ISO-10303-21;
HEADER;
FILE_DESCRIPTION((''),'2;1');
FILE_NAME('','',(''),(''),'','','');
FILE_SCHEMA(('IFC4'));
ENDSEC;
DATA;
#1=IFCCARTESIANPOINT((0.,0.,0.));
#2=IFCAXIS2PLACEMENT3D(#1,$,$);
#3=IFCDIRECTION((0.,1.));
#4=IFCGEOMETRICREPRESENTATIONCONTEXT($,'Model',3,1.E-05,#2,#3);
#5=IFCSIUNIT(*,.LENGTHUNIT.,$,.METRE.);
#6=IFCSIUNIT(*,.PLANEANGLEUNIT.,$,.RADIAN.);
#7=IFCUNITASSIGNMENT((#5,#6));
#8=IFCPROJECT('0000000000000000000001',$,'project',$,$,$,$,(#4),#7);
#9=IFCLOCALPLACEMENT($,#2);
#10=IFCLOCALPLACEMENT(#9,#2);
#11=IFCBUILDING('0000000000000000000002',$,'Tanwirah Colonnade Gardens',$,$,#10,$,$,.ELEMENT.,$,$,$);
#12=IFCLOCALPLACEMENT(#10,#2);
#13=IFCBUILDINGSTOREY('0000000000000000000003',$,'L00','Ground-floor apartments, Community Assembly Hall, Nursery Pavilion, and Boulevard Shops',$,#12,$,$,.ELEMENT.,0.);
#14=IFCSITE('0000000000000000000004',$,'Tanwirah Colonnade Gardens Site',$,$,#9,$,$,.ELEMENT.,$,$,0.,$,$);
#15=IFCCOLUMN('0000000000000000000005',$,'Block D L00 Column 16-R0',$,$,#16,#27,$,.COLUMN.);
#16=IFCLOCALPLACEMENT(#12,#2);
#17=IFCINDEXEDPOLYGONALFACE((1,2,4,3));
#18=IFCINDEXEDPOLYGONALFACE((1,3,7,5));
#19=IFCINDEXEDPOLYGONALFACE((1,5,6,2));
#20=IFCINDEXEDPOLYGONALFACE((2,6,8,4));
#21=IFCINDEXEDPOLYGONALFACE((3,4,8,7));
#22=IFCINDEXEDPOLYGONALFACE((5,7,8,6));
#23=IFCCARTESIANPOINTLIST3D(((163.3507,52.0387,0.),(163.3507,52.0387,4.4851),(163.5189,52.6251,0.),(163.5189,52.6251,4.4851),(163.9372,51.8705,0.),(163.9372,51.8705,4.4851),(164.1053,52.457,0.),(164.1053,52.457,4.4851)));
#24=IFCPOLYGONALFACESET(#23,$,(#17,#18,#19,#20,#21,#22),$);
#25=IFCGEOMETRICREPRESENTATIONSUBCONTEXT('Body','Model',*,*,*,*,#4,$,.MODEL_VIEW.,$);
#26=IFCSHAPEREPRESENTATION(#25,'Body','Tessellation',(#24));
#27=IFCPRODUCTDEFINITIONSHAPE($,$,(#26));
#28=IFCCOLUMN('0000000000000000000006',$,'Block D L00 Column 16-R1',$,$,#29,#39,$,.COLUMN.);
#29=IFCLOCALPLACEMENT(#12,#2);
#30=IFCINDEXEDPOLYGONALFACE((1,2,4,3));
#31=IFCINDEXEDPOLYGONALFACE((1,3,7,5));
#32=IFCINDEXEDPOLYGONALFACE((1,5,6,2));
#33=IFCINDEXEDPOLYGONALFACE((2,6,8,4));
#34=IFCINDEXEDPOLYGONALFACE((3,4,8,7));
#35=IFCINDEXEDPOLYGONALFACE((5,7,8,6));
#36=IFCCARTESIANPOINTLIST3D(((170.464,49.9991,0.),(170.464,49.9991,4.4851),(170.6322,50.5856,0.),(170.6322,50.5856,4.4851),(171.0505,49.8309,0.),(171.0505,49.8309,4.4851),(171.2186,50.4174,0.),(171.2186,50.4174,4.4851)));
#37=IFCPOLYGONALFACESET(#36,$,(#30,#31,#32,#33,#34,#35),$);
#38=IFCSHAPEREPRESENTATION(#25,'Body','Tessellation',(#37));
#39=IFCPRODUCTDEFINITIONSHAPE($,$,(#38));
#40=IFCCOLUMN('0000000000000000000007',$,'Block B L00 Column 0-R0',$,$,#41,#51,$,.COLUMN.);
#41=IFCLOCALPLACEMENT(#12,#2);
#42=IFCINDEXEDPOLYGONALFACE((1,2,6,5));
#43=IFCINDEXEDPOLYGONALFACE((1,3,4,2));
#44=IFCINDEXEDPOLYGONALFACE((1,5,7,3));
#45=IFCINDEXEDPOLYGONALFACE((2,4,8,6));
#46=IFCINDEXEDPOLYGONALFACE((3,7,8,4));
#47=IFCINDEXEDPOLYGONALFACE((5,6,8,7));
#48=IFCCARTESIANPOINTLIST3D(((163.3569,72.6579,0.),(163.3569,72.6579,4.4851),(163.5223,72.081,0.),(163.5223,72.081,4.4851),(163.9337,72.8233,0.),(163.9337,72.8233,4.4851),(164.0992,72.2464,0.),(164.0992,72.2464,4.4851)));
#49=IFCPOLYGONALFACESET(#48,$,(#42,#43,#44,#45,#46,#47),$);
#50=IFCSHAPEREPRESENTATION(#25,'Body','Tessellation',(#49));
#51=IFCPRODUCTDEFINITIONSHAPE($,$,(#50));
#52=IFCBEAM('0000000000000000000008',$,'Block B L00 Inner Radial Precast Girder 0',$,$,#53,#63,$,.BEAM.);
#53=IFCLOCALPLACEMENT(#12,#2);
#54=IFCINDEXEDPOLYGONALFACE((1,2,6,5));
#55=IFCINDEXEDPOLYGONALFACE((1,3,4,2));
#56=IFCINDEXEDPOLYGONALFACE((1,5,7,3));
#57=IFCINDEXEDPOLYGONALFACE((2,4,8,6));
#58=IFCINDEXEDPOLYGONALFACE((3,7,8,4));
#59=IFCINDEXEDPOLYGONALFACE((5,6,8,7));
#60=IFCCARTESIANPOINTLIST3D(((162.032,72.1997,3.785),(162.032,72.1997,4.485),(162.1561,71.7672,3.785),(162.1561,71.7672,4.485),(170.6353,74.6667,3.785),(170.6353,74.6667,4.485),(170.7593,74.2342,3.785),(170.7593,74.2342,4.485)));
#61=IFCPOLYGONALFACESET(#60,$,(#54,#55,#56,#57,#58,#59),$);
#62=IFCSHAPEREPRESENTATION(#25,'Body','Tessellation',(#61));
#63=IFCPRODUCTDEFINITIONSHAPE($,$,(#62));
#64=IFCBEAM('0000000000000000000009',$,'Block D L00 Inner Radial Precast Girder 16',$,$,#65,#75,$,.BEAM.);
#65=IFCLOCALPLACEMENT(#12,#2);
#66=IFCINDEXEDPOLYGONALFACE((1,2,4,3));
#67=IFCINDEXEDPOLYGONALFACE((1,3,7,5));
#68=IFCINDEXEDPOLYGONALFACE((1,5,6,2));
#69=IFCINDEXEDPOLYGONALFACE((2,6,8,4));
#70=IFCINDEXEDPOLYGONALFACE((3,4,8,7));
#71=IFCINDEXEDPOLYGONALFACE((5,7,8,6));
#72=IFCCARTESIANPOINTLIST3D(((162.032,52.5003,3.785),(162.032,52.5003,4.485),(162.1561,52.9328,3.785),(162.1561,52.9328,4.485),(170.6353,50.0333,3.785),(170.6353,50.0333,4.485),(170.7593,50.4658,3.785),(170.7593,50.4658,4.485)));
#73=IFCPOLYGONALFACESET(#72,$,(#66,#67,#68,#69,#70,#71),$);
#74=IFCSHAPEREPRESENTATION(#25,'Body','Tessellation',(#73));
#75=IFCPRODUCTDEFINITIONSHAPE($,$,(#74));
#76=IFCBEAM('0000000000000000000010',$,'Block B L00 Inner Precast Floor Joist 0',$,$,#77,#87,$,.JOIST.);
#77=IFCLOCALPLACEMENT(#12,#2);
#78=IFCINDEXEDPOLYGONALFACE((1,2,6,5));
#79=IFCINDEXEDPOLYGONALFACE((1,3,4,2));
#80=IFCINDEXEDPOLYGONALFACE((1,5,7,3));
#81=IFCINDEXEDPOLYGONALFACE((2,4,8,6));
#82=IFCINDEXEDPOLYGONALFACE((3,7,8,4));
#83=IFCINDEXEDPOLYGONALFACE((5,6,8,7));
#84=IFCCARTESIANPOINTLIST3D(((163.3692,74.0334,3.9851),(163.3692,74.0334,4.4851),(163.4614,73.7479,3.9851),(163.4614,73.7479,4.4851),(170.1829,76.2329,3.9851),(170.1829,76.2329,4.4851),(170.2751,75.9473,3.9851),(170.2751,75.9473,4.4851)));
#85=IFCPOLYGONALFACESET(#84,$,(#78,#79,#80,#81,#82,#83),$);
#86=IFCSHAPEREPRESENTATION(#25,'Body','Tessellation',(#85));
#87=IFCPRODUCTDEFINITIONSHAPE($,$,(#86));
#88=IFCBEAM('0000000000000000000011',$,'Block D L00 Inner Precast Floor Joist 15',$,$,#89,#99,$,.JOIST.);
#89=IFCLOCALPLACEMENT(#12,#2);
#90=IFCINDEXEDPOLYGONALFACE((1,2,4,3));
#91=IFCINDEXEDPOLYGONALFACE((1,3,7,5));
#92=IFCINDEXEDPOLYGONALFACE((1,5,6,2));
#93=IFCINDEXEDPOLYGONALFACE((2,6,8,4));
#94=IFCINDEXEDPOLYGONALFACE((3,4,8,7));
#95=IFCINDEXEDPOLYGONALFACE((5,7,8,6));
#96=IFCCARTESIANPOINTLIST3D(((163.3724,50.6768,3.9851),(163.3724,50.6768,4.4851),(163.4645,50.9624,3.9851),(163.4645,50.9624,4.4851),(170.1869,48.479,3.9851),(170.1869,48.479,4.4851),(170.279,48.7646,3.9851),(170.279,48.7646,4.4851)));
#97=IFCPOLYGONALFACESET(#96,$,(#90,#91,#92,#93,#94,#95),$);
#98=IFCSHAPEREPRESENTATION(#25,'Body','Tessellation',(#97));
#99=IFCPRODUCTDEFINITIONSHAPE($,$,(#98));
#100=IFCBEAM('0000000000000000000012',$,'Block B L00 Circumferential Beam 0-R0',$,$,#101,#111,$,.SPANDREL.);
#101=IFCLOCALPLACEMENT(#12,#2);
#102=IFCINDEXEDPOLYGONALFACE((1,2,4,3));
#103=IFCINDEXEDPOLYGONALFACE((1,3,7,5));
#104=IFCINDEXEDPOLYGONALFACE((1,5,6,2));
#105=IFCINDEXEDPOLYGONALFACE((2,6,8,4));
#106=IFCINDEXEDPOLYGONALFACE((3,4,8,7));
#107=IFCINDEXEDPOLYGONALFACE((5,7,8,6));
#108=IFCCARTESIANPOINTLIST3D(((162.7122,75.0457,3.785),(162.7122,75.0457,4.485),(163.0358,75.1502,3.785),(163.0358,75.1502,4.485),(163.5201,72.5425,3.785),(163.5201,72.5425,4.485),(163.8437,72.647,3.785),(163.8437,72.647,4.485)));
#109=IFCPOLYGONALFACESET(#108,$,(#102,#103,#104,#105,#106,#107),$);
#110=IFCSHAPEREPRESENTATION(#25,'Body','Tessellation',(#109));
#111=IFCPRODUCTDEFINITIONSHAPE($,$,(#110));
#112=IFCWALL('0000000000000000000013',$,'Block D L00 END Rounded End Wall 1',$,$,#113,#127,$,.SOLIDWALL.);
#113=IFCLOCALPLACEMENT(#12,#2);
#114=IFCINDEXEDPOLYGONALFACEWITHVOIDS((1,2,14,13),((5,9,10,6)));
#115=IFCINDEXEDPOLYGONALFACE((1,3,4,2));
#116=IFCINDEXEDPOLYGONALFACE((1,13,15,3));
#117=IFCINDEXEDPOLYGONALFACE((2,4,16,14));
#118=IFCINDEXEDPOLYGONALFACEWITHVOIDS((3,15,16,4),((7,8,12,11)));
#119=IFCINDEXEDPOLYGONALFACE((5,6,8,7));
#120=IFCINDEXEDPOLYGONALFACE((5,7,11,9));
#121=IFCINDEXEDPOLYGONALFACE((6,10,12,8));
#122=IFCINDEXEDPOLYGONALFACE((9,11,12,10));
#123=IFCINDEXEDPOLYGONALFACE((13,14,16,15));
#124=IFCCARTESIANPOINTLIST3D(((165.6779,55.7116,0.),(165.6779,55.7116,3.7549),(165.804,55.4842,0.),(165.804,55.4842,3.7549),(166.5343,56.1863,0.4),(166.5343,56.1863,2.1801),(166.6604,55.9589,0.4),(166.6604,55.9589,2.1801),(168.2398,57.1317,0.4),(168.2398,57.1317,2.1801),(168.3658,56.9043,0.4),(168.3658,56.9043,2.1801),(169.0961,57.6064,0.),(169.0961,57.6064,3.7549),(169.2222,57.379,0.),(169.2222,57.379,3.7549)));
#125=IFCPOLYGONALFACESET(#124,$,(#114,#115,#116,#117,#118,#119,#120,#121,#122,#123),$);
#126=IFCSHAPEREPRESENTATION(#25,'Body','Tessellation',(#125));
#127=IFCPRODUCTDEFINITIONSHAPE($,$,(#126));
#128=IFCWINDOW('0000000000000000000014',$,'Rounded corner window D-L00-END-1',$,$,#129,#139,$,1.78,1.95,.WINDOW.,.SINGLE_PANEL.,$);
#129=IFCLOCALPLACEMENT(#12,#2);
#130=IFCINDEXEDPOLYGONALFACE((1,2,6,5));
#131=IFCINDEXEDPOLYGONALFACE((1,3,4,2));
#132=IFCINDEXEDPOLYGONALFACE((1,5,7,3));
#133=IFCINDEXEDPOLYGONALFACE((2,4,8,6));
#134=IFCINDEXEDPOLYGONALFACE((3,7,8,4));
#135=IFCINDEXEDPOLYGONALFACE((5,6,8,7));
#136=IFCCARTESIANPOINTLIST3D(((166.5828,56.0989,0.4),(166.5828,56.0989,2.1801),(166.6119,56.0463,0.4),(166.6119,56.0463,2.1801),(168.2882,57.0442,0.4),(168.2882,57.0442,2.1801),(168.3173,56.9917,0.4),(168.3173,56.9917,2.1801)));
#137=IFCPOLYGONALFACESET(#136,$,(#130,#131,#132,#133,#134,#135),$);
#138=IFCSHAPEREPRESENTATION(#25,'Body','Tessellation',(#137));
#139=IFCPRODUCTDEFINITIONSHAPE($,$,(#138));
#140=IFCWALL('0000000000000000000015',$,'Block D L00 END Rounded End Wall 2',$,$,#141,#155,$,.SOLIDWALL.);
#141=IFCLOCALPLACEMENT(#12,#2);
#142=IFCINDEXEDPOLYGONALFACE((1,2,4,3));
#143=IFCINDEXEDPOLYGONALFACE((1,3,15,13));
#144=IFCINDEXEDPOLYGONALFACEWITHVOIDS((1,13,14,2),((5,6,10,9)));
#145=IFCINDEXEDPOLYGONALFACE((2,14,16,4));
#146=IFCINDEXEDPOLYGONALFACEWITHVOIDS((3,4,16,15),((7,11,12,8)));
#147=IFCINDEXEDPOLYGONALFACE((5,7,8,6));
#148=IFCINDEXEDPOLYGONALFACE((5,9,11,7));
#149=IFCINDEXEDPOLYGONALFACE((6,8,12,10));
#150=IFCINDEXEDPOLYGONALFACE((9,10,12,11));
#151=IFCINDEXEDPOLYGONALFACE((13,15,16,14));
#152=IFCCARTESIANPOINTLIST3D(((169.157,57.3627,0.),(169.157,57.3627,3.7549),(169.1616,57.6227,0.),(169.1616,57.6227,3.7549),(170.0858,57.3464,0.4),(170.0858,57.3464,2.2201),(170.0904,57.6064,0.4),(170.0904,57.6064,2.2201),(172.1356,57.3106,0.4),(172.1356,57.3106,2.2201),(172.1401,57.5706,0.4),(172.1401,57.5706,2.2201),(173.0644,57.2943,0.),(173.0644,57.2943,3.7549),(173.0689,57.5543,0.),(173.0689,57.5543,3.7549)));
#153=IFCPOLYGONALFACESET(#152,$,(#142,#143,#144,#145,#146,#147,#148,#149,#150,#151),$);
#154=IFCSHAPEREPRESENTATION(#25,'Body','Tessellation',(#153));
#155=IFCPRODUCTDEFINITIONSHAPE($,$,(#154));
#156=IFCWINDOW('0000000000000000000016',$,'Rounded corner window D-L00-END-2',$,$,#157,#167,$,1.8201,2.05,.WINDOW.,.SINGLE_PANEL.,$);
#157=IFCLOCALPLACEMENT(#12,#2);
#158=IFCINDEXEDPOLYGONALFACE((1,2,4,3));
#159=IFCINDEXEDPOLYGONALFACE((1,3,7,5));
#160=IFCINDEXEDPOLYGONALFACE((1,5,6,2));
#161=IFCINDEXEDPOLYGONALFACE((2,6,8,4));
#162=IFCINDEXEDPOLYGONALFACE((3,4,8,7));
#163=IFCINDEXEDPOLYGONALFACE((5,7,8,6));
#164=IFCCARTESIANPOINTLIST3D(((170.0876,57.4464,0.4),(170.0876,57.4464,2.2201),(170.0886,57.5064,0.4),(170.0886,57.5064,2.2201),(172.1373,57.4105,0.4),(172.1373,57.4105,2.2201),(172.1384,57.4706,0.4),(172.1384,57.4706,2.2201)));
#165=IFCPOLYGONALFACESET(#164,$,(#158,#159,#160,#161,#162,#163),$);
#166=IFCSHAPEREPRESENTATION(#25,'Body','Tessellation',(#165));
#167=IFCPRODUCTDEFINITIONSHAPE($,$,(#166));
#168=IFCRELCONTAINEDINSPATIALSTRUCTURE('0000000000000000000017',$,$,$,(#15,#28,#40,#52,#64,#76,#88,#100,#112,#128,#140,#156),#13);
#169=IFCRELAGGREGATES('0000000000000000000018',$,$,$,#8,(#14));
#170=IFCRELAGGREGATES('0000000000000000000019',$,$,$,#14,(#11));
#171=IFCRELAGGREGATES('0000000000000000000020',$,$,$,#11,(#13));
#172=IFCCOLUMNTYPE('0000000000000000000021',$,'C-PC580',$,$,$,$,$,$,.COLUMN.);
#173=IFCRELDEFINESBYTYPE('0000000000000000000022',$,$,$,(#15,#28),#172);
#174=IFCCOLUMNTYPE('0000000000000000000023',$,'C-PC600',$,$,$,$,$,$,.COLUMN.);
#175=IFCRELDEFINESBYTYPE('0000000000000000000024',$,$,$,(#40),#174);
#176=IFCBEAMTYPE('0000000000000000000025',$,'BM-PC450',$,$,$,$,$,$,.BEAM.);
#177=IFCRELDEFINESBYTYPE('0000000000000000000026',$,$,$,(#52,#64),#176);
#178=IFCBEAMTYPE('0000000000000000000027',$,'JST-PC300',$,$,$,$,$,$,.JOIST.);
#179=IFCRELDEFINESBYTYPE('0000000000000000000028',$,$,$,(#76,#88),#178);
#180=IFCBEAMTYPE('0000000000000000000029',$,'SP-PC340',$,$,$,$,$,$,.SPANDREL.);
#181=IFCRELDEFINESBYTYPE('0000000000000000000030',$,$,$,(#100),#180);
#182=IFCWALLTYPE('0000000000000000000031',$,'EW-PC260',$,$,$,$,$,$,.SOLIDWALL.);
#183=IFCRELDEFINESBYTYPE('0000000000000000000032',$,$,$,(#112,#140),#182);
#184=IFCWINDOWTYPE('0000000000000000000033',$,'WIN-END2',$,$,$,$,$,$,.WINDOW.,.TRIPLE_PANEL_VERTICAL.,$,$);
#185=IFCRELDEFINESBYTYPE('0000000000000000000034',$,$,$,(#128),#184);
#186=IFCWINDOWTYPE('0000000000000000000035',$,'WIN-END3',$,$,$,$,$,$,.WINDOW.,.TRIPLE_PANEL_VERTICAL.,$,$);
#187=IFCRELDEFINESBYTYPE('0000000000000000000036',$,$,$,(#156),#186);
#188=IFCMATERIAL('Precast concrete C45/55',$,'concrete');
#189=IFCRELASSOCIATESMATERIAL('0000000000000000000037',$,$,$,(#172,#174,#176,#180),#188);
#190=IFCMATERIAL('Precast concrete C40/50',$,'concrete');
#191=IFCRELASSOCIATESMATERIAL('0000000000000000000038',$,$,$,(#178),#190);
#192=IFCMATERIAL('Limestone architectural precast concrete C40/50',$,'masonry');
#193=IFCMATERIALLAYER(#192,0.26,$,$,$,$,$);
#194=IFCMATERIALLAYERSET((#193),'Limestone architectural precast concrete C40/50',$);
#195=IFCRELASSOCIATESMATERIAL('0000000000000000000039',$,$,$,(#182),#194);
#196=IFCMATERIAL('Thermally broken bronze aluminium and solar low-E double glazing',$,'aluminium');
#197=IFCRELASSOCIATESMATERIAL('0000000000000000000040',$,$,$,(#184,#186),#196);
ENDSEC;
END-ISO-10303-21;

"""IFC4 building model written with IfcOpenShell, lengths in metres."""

from ifc_helpers import new_model, si_unit, direction, frame, frame_2d, origin, origin_2d, place, context, subcontext, project, spatial, rectangle, extrude, material, layer, layer_set, material_profile, profile_set, type_object, element, fill, save


model = new_model("IFC4")

# Units and contexts
model_context = context("Model", 3, precision=1e-05, world=origin(), true_north=direction((0.0, 1.0)))
body_context = subcontext(model_context, "Body", "Model", "MODEL_VIEW")
ifc_project = project(units=[si_unit("LENGTHUNIT", "METRE"), si_unit("PLANEANGLEUNIT", "RADIAN")], contexts=[model_context])

# Site, building, storey
site_placement = place(None, origin())
site = spatial("IfcSite", under=ifc_project, at=site_placement, Name="Tanwirah Colonnade Gardens Site", CompositionType="ELEMENT", RefElevation=0.0)
building_placement = place(site_placement, origin())
building = spatial("IfcBuilding", under=site, at=building_placement, Name="Tanwirah Colonnade Gardens", CompositionType="ELEMENT")
storey_placement = place(building_placement, origin())
storey = spatial("IfcBuildingStorey", under=building, at=storey_placement, Name="L00", Description="Ground-floor apartments, Community Assembly Hall, Nursery Pavilion, and Boulevard Shops", CompositionType="ELEMENT", Elevation=0.0)

# Columns
ifc_material_1 = material(Name="Precast concrete C45/55", Category="concrete")
ifc_material_profile_1 = material_profile(ifc_material_1, rectangle(XDim=0.6101, YDim=0.6101, at=origin_2d()), Name="PC-COL 610x610")
ifc_profile_set_1 = profile_set([ifc_material_profile_1], Name="Precast concrete C45/55")
column_type_1 = type_object("IfcColumnType", Name="C-PC580", PredefinedType="COLUMN", material=ifc_profile_set_1)
for number, where, z_axis, x_axis, name in (
    (1, (163.728, 52.2478, 0.0), (0.0, 0.0, 1.0), (0.961262, -0.275637, 0.0), "Block D L00 Column 16-R0"),
    (2, (170.8413, 50.2083, 0.0), (0.0, 0.0, 1.0), (0.961262, -0.275637, 0.0), "Block D L00 Column 16-R1"),
):
    element("IfcColumn", number, at=place(storey_placement, frame(where, z_axis=z_axis, x_axis=x_axis)), inside=storey, type_object=column_type_1, Name=name, PredefinedType="COLUMN", context=body_context, shape_type="SweptSolid", body=[
        extrude(rectangle(XDim=0.6101, YDim=0.6101, at=origin_2d()), origin(), (0.0, 0.0, 1.0), 4.4851),
    ])
ifc_material_profile_2 = material_profile(ifc_material_1, rectangle(XDim=0.6001, YDim=0.6001, at=origin_2d()), Name="PC-COL 600x600")
ifc_profile_set_2 = profile_set([ifc_material_profile_2], Name="Precast concrete C45/55")
column_type_2 = type_object("IfcColumnType", Name="C-PC600", PredefinedType="COLUMN", material=ifc_profile_set_2)
column_placement = place(storey_placement, frame((163.728, 72.4521, 0.0), z_axis=(0.0, 0.0, 1.0), x_axis=(0.961262, 0.275637, 0.0)))
element("IfcColumn", 3, at=column_placement, inside=storey, type_object=column_type_2, Name="Block B L00 Column 0-R0", PredefinedType="COLUMN", context=body_context, shape_type="SweptSolid", body=[
    extrude(rectangle(XDim=0.6001, YDim=0.6001, at=origin_2d()), origin(), (0.0, 0.0, 1.0), 4.4851),
])

# Beams
ifc_material_profile_3 = material_profile(ifc_material_1, rectangle(XDim=0.45, YDim=0.7, at=origin_2d()), Name="PC-BM 450x700")
ifc_profile_set_3 = profile_set([ifc_material_profile_3], Name="Precast concrete C45/55")
beam_type_1 = type_object("IfcBeamType", Name="BM-PC450", PredefinedType="BEAM", material=ifc_profile_set_3)
for number, where, z_axis, x_axis, name in (
    (4, (170.6973, 74.4504, 4.135), (-0.961259, -0.275647, 0.0), (0.275647, -0.961259, 0.0), "Block B L00 Inner Radial Precast Girder 0"),
    (5, (170.6973, 50.2495, 4.135), (-0.961259, 0.275647, 0.0), (-0.275647, -0.961259, 0.0), "Block D L00 Inner Radial Precast Girder 16"),
):
    element("IfcBeam", number, at=place(storey_placement, frame(where, z_axis=z_axis, x_axis=x_axis)), inside=storey, type_object=beam_type_1, Name=name, PredefinedType="BEAM", context=body_context, shape_type="SweptSolid", body=[
        extrude(rectangle(XDim=0.45, YDim=0.7, at=origin_2d()), origin(), (0.0, 0.0, 1.0), 8.95),
    ])
ifc_material_2 = material(Name="Precast concrete C40/50", Category="concrete")
ifc_material_profile_4 = material_profile(ifc_material_2, rectangle(XDim=0.3, YDim=0.5, at=origin_2d()), Name="PC-JST 300x500")
ifc_profile_set_4 = profile_set([ifc_material_profile_4], Name="Precast concrete C40/50")
beam_type_2 = type_object("IfcBeamType", Name="JST-PC300", PredefinedType="JOIST", material=ifc_profile_set_4)
beam_1_placement = place(storey_placement, frame((163.4153, 73.8906, 4.2351), z_axis=(0.951648, 0.307191, 0.0), x_axis=(-0.307191, 0.951648, 0.0)))
element("IfcBeam", 6, at=beam_1_placement, inside=storey, type_object=beam_type_2, Name="Block B L00 Inner Precast Floor Joist 0", PredefinedType="JOIST", context=body_context, shape_type="SweptSolid", body=[
    extrude(rectangle(XDim=0.3, YDim=0.5, at=origin_2d()), origin(), (0.0, 0.0, 1.0), 7.1599),
])
beam_2_placement = place(storey_placement, frame((163.4185, 50.8196, 4.2351), z_axis=(0.951727, -0.306945, 0.0), x_axis=(0.306945, 0.951727, 0.0)))
element("IfcBeam", 7, at=beam_2_placement, inside=storey, type_object=beam_type_2, Name="Block D L00 Inner Precast Floor Joist 15", PredefinedType="JOIST", context=body_context, shape_type="SweptSolid", body=[
    extrude(rectangle(XDim=0.3, YDim=0.5, at=origin_2d()), origin(), (0.0, 0.0, 1.0), 7.1602),
])
ifc_material_profile_5 = material_profile(ifc_material_1, rectangle(XDim=0.3401, YDim=0.7, at=origin_2d()), Name="PC-SP 340x700")
ifc_profile_set_5 = profile_set([ifc_material_profile_5], Name="Precast concrete C45/55")
beam_type_3 = type_object("IfcBeamType", Name="SP-PC340", PredefinedType="SPANDREL", material=ifc_profile_set_5)
beam_3_placement = place(storey_placement, frame((163.6819, 72.5947, 4.135), z_axis=(-0.307136, 0.951666, 0.0), x_axis=(-0.951666, -0.307136, 0.0)))
element("IfcBeam", 8, at=beam_3_placement, inside=storey, type_object=beam_type_3, Name="Block B L00 Circumferential Beam 0-R0", PredefinedType="SPANDREL", context=body_context, shape_type="SweptSolid", body=[
    extrude(rectangle(XDim=0.3401, YDim=0.7, at=origin_2d()), origin(), (0.0, 0.0, 1.0), 2.6304),
])

# Walls, openings, windows
ifc_material_3 = material(Name="Limestone architectural precast concrete C40/50", Category="masonry")
ifc_layer_1 = layer(ifc_material_3, 0.26)
ifc_layer_set_1 = layer_set([ifc_layer_1], Name="Limestone architectural precast concrete C40/50")
wall_type_1 = type_object("IfcWallType", Name="EW-PC260", PredefinedType="SOLIDWALL", material=ifc_layer_set_1)
wall_1_placement = place(storey_placement, frame((165.741, 55.5979, 0.0), z_axis=(0.0, 0.0, 1.0), x_axis=(0.874617, 0.484815, 0.0)))
wall_1 = element("IfcWall", 9, at=wall_1_placement, inside=storey, type_object=wall_type_1, Name="Block D L00 END Rounded End Wall 1", PredefinedType="SOLIDWALL", context=body_context, shape_type="SweptSolid", body=[
    extrude(rectangle(XDim=3.9082, YDim=0.26, at=frame_2d((1.9541, 0.0))), origin(), (0.0, 0.0, 1.0), 3.7549),
])
opening_1_placement = place(wall_1_placement, frame((0.979, 0.0, 0.3999)))
opening_1 = element("IfcOpeningElement", 10, at=opening_1_placement, cuts=wall_1, PredefinedType="OPENING", context=body_context, shape_type="SweptSolid", body=[
    extrude(rectangle(XDim=1.95, YDim=1.78, at=frame_2d((0.9751, 0.8901))), frame((0.0, 0.1399, 0.0), z_axis=(0.0, -1.0, 0.0), x_axis=(1.0, 0.0, 0.0)), (0.0, 0.0, 1.0), 0.28),
])
ifc_material_4 = material(Name="Thermally broken bronze aluminium and solar low-E double glazing", Category="aluminium")
window_type_1 = type_object("IfcWindowType", Name="WIN-END2", PartitioningType="TRIPLE_PANEL_VERTICAL", PredefinedType="WINDOW", material=ifc_material_4)
window_1_placement = place(opening_1_placement, origin())
window_1 = element("IfcWindow", 11, at=window_1_placement, inside=storey, type_object=window_type_1, Name="Rounded corner window D-L00-END-1", OverallHeight=1.78, OverallWidth=1.95, PartitioningType="SINGLE_PANEL", PredefinedType="WINDOW", context=body_context, shape_type="SweptSolid", body=[
    extrude(rectangle(XDim=1.95, YDim=1.78, at=frame_2d((0.9751, 0.8901))), frame((0.0, 0.03, 0.0), z_axis=(0.0, -1.0, 0.0), x_axis=(1.0, 0.0, 0.0)), (0.0, 0.0, 1.0), 0.0601),
])
fill(opening_1, window_1)
wall_2_placement = place(storey_placement, frame((169.1592, 57.4927, 0.0), z_axis=(0.0, 0.0, 1.0), x_axis=(0.999847, -0.017492, 0.0)))
wall_2 = element("IfcWall", 12, at=wall_2_placement, inside=storey, type_object=wall_type_1, Name="Block D L00 END Rounded End Wall 2", PredefinedType="SOLIDWALL", context=body_context, shape_type="SweptSolid", body=[
    extrude(rectangle(XDim=3.908, YDim=0.26, at=frame_2d((1.9541, 0.0))), origin(), (0.0, 0.0, 1.0), 3.7549),
])
opening_2_placement = place(wall_2_placement, frame((0.9292, 0.0, 0.3999)))
opening_2 = element("IfcOpeningElement", 13, at=opening_2_placement, cuts=wall_2, PredefinedType="OPENING", context=body_context, shape_type="SweptSolid", body=[
    extrude(rectangle(XDim=2.05, YDim=1.8201, at=frame_2d((1.0249, 0.9102))), frame((0.0, 0.1399, 0.0), z_axis=(0.0, -1.0, 0.0), x_axis=(1.0, 0.0, 0.0)), (0.0, 0.0, 1.0), 0.28),
])
window_type_2 = type_object("IfcWindowType", Name="WIN-END3", PartitioningType="TRIPLE_PANEL_VERTICAL", PredefinedType="WINDOW", material=ifc_material_4)
window_2_placement = place(opening_2_placement, origin())
window_2 = element("IfcWindow", 14, at=window_2_placement, inside=storey, type_object=window_type_2, Name="Rounded corner window D-L00-END-2", OverallHeight=1.8201, OverallWidth=2.05, PartitioningType="SINGLE_PANEL", PredefinedType="WINDOW", context=body_context, shape_type="SweptSolid", body=[
    extrude(rectangle(XDim=2.05, YDim=1.8201, at=frame_2d((1.0249, 0.9102))), frame((0.0, 0.03, 0.0), z_axis=(0.0, -1.0, 0.0), x_axis=(1.0, 0.0, 0.0)), (0.0, 0.0, 1.0), 0.0601),
])
fill(opening_2, window_2)

save(model, "model.ifc")
